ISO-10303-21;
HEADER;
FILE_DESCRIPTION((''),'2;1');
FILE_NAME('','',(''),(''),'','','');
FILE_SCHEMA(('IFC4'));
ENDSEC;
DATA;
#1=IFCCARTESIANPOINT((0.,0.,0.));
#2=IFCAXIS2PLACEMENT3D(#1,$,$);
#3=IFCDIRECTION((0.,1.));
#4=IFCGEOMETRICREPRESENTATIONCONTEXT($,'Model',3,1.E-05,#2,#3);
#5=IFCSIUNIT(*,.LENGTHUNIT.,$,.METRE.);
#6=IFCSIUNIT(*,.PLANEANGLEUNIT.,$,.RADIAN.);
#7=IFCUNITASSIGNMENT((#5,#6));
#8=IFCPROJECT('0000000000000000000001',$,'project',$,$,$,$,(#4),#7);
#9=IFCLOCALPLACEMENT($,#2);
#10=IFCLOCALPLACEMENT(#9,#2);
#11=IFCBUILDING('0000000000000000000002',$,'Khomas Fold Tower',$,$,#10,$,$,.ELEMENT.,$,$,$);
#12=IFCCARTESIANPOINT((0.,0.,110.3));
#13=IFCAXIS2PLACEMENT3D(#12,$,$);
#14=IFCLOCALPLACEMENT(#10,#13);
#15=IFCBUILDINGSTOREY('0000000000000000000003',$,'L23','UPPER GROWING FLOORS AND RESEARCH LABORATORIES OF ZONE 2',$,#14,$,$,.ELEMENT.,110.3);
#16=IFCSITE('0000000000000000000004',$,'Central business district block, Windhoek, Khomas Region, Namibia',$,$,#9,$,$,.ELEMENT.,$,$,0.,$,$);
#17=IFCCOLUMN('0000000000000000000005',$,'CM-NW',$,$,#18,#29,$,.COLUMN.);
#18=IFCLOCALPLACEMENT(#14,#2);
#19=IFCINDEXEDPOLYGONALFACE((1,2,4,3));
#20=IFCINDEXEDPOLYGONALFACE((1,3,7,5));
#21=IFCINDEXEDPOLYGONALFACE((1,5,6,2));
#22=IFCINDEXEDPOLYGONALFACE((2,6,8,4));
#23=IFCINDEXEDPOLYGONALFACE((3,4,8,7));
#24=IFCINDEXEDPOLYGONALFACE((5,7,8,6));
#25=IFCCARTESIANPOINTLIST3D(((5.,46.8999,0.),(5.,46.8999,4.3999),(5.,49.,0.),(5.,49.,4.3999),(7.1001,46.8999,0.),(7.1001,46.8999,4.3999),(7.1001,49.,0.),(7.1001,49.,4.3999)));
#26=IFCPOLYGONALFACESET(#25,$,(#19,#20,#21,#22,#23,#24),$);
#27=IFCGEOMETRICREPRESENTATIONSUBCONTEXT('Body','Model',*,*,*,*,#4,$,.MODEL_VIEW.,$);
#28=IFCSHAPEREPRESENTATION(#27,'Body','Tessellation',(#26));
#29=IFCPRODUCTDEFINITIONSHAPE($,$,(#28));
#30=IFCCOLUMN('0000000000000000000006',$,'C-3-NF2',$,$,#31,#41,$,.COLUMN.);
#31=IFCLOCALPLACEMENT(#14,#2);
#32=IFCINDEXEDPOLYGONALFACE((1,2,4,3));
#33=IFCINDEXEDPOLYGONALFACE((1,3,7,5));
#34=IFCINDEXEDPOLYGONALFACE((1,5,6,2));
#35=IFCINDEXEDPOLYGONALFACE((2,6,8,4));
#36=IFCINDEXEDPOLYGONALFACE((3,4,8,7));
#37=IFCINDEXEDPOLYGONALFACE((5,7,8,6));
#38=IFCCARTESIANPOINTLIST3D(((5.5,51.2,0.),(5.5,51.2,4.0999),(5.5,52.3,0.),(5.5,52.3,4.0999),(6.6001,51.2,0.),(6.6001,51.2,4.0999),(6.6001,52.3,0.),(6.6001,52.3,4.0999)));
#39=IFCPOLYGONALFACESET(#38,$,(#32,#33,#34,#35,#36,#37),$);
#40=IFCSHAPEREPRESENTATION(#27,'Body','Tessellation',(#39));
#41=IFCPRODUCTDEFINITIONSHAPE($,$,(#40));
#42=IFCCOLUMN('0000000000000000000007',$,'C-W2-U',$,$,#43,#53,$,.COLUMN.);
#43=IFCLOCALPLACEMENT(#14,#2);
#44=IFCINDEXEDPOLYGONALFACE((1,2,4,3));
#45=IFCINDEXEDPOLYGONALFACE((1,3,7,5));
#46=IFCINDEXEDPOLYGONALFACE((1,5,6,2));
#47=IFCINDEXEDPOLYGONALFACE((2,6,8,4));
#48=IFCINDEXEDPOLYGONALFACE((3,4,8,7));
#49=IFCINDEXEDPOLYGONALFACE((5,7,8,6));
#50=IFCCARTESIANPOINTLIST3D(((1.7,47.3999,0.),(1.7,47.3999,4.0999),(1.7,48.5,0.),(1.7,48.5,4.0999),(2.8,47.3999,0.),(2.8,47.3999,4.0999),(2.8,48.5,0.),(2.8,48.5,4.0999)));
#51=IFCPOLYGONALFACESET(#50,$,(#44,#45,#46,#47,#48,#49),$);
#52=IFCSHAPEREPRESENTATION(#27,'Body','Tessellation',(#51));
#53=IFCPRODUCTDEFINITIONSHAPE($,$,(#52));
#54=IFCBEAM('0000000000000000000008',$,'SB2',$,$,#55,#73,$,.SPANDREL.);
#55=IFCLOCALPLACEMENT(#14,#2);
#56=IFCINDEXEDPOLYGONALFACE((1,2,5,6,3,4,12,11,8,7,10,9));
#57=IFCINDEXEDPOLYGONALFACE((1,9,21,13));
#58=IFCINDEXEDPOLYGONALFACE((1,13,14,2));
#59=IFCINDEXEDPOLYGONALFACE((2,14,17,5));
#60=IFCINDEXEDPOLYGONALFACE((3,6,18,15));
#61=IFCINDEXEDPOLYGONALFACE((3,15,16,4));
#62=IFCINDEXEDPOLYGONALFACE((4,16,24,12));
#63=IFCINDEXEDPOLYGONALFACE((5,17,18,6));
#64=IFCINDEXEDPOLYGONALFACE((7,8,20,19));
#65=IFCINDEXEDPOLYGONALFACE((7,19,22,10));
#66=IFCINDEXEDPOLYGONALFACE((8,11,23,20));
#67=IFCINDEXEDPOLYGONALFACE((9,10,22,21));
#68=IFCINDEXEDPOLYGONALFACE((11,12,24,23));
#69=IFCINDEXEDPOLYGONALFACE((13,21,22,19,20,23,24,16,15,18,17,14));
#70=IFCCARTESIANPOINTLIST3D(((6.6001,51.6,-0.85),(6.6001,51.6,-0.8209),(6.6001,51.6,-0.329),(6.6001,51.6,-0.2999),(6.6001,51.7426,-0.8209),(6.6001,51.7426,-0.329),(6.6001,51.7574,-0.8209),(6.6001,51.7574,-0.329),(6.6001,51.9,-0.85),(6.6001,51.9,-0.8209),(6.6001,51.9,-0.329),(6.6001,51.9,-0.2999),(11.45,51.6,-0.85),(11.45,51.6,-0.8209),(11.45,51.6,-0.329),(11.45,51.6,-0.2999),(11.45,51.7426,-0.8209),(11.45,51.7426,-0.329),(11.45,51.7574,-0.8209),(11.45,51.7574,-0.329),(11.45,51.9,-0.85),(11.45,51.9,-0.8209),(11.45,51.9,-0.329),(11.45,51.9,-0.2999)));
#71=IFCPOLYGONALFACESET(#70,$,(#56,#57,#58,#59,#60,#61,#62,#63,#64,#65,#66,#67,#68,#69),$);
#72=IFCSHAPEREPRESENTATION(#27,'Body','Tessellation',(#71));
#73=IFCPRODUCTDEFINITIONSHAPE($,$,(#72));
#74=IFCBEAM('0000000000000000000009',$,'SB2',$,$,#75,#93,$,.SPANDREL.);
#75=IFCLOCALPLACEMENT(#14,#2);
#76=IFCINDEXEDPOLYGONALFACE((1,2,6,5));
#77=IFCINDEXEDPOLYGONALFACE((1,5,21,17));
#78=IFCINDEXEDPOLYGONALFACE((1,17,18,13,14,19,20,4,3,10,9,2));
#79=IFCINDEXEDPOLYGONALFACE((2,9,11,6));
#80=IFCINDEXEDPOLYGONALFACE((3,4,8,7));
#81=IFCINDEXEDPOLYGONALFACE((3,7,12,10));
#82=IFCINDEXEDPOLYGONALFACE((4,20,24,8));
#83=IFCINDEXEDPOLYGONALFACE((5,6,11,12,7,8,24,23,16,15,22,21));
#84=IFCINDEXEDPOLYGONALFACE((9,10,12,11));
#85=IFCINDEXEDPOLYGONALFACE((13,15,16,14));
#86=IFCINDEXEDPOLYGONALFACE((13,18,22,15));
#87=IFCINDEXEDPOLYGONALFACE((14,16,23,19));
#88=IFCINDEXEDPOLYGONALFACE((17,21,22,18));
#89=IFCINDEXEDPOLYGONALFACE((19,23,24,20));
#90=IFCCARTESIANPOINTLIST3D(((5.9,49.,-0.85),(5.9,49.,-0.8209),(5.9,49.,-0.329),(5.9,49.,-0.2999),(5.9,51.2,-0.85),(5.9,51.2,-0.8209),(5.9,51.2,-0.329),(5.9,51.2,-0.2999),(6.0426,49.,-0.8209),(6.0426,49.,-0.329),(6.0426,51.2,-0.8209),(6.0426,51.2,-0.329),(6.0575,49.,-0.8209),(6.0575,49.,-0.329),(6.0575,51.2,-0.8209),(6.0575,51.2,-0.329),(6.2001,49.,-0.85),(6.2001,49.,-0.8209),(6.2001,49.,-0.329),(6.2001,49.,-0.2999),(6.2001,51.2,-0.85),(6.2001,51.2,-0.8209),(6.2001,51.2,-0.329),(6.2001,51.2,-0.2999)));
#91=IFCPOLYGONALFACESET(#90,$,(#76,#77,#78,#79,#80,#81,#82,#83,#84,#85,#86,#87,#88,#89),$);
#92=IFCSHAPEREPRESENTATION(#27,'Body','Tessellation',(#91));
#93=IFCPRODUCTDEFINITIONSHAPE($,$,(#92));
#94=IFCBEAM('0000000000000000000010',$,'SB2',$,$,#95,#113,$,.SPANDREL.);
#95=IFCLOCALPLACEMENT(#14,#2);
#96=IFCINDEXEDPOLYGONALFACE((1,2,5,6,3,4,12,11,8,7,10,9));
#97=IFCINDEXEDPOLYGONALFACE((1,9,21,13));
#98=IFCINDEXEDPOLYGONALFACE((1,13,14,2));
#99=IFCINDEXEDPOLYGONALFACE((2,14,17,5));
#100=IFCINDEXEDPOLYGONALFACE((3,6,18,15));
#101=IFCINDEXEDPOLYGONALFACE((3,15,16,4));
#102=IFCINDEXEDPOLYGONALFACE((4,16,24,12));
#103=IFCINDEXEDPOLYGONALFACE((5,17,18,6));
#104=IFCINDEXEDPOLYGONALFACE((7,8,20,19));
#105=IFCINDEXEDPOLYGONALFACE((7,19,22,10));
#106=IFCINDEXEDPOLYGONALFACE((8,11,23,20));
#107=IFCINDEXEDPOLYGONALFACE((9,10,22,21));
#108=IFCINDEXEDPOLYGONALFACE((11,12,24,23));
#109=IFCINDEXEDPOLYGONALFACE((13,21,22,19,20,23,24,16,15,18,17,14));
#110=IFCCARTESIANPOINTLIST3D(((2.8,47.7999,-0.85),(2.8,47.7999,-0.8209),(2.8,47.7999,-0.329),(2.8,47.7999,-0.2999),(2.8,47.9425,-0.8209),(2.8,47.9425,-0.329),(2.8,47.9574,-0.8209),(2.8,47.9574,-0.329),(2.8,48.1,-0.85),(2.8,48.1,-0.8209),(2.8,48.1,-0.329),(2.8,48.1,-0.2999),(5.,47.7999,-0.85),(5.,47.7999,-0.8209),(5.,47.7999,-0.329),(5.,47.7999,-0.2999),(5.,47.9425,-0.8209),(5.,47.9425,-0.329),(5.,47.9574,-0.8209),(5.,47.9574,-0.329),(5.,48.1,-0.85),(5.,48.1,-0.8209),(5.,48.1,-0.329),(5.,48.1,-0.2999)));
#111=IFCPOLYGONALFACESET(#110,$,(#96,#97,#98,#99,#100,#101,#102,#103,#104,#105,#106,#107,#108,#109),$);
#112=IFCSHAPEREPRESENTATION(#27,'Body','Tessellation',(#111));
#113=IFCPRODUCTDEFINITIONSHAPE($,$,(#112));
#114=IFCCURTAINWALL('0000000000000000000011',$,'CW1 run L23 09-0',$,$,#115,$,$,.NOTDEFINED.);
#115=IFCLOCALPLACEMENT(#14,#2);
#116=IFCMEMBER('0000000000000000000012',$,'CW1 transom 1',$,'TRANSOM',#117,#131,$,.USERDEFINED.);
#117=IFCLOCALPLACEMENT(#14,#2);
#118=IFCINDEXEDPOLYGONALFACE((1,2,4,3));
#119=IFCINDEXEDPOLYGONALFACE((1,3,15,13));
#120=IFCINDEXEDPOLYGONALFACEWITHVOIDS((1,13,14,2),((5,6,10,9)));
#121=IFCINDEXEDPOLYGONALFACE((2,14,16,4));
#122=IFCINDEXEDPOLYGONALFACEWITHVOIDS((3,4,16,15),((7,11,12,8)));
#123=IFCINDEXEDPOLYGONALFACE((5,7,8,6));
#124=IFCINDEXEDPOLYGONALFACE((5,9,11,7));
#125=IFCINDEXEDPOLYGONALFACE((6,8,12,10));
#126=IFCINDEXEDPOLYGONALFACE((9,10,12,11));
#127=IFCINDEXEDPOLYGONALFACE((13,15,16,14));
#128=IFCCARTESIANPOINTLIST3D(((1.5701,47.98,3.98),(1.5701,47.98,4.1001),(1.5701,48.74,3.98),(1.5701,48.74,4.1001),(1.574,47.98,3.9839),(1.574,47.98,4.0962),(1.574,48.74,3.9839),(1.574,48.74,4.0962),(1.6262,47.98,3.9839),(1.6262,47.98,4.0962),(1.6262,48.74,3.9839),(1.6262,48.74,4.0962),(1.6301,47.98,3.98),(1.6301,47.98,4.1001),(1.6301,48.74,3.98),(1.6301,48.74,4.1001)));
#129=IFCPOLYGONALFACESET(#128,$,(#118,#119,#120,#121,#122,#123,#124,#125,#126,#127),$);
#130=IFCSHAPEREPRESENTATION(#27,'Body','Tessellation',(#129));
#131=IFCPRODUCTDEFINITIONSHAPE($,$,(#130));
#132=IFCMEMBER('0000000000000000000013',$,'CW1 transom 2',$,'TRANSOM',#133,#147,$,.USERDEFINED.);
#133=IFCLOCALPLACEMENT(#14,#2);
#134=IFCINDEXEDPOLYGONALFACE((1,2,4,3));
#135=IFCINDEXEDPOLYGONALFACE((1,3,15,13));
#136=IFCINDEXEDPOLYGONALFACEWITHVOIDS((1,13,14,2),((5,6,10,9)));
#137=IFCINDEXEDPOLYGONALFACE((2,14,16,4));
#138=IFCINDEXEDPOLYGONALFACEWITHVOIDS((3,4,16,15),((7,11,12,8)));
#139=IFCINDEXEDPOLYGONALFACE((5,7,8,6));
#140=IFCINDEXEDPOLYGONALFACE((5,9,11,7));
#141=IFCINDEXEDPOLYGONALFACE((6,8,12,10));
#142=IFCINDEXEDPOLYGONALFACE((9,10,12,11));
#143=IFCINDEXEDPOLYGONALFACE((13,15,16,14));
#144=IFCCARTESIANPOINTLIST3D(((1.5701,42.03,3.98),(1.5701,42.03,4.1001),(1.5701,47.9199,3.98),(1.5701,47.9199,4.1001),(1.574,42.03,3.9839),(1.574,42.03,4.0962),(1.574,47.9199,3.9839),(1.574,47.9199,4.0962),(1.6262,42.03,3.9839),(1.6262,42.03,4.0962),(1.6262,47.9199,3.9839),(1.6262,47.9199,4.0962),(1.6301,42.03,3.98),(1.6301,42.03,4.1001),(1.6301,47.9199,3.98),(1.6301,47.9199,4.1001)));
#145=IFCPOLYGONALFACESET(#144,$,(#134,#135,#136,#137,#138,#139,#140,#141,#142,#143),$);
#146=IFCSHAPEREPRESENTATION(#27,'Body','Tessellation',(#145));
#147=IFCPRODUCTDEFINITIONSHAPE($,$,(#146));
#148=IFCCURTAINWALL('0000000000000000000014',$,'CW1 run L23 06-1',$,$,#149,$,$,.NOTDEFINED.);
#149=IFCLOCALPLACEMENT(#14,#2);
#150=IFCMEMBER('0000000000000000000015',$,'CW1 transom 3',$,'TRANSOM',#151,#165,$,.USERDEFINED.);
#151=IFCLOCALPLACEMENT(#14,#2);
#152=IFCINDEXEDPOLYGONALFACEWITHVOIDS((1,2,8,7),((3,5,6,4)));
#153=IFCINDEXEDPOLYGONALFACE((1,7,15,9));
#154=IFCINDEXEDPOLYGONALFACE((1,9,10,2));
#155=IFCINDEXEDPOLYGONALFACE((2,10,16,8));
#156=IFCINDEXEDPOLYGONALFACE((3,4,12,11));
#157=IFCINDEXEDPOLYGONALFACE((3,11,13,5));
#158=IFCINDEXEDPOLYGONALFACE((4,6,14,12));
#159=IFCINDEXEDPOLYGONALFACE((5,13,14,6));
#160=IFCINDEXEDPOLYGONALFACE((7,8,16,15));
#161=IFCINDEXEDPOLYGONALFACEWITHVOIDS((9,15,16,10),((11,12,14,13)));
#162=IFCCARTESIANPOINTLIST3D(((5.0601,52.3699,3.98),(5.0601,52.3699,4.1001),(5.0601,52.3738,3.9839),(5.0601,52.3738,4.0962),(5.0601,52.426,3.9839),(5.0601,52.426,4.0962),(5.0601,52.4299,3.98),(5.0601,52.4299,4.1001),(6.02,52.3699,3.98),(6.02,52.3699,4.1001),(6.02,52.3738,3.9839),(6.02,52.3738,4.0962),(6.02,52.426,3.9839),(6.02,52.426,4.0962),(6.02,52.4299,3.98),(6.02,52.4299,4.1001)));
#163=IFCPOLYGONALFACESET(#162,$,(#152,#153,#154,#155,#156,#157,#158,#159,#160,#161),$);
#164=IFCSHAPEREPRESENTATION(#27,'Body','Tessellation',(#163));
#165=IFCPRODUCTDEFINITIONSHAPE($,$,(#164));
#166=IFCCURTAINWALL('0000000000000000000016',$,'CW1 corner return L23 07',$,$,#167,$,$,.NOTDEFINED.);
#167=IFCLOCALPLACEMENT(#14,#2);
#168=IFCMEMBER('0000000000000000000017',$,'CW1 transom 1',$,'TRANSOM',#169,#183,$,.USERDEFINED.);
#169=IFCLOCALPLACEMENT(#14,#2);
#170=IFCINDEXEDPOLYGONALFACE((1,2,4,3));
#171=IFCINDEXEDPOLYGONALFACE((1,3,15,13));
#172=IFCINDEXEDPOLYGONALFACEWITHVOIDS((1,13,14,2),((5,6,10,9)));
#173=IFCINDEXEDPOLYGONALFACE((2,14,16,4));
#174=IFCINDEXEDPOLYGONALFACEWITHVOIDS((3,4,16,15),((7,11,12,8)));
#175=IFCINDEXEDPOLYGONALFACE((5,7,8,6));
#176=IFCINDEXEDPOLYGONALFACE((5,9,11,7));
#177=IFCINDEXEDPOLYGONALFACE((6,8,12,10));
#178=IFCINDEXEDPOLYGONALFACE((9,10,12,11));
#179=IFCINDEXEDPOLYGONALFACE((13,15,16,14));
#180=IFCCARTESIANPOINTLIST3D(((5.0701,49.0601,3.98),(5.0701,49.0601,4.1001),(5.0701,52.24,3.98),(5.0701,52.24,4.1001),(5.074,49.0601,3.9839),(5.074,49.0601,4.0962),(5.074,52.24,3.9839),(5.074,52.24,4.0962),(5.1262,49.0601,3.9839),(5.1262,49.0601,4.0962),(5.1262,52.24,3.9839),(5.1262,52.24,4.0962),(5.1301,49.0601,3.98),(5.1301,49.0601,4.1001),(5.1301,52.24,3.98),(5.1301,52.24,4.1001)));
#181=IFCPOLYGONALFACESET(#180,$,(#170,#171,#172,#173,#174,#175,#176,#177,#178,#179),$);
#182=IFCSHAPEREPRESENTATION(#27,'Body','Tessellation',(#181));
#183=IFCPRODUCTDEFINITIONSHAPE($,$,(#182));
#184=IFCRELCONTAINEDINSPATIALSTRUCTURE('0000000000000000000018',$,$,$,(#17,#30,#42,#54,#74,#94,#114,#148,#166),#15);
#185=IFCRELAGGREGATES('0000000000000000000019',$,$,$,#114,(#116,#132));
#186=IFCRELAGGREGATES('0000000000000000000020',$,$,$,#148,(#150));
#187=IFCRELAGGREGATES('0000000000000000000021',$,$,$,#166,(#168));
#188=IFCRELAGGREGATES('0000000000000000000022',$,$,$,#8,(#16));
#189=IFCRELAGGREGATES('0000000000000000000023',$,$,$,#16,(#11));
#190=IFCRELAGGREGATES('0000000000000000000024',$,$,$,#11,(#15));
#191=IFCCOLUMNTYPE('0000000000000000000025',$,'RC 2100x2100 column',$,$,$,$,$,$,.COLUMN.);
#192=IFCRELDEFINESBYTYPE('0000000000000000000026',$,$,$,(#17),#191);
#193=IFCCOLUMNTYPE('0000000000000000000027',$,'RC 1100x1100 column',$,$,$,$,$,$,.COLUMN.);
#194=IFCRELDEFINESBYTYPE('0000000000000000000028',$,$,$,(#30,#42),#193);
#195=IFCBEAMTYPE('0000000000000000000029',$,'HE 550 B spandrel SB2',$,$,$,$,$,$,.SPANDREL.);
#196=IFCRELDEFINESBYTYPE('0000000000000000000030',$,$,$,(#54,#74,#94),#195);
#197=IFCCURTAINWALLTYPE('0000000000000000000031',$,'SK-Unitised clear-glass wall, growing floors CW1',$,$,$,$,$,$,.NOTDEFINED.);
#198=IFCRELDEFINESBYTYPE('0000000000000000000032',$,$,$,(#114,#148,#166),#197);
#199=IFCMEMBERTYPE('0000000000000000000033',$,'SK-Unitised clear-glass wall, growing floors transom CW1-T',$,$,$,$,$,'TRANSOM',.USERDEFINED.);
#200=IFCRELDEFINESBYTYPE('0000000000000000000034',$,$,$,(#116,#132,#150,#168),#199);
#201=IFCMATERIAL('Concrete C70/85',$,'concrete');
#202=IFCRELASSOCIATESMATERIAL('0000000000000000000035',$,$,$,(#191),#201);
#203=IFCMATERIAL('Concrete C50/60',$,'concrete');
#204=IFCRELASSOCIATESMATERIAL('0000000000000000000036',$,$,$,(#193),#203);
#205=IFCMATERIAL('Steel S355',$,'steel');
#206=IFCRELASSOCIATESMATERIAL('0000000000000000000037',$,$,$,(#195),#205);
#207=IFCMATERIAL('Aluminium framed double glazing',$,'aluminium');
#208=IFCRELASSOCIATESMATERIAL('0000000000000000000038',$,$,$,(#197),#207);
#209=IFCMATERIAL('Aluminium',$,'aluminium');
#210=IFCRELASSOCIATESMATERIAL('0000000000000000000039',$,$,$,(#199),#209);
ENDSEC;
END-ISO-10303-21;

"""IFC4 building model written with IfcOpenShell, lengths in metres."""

from ifc_helpers import new_model, si_unit, direction, frame, origin, origin_2d, place, context, subcontext, project, spatial, rectangle, hollow_rectangle, i_section, extrude, source, transform, mapped, material, material_profile, profile_set, type_object, element, aggregate, save


model = new_model("IFC4")

# Units and contexts
model_context = context("Model", 3, precision=1e-05, world=origin(), true_north=direction((0.0, 1.0)))
body_context = subcontext(model_context, "Body", "Model", "MODEL_VIEW")
ifc_project = project(units=[si_unit("LENGTHUNIT", "METRE"), si_unit("PLANEANGLEUNIT", "RADIAN")], contexts=[model_context])

# Site, building, storey
site_placement = place(None, origin())
site = spatial("IfcSite", under=ifc_project, at=site_placement, Name="Central business district block, Windhoek, Khomas Region, Namibia", CompositionType="ELEMENT", RefElevation=0.0)
building_placement = place(site_placement, origin())
building = spatial("IfcBuilding", under=site, at=building_placement, Name="Khomas Fold Tower", CompositionType="ELEMENT")
storey_placement = place(building_placement, frame((0.0, 0.0, 110.3)))
storey = spatial("IfcBuildingStorey", under=building, at=storey_placement, Name="L23", Description="UPPER GROWING FLOORS AND RESEARCH LABORATORIES OF ZONE 2", CompositionType="ELEMENT", Elevation=110.3)

# Columns
ifc_material_1 = material(Name="Concrete C70/85", Category="concrete")
ifc_material_profile_1 = material_profile(ifc_material_1, rectangle(XDim=2.1001, YDim=2.1001, at=origin_2d()), Name="RC 2100x2100")
ifc_profile_set_1 = profile_set([ifc_material_profile_1], Name="Concrete C70/85")
column_type_1 = type_object("IfcColumnType", Name="RC 2100x2100 column", PredefinedType="COLUMN", material=ifc_profile_set_1)
shared_shape_1 = source(origin(), body_context, "Body", "SweptSolid", [
    extrude(rectangle(XDim=2.1001, YDim=2.1001, at=origin_2d()), origin(), (0.0, 0.0, 1.0), 4.3999),
])
column_placement = place(storey_placement, frame((6.05, 47.95, 0.0), z_axis=(0.0, 0.0, 1.0), x_axis=(1.0, 0.0, 0.0)))
element("IfcColumn", 1, at=column_placement, inside=storey, type_object=column_type_1, Name="CM-NW", PredefinedType="COLUMN", context=body_context, shape_type="MappedRepresentation", body=[
    mapped(shared_shape_1, transform((0.0, 0.0, 0.0))),
])
ifc_material_2 = material(Name="Concrete C50/60", Category="concrete")
ifc_material_profile_2 = material_profile(ifc_material_2, rectangle(XDim=1.1001, YDim=1.1001, at=origin_2d()), Name="RC 1100x1100")
ifc_profile_set_2 = profile_set([ifc_material_profile_2], Name="Concrete C50/60")
column_type_2 = type_object("IfcColumnType", Name="RC 1100x1100 column", PredefinedType="COLUMN", material=ifc_profile_set_2)
shared_shape_2 = source(origin(), body_context, "Body", "SweptSolid", [
    extrude(rectangle(XDim=1.1001, YDim=1.1001, at=origin_2d()), origin(), (0.0, 0.0, 1.0), 4.0999),
])
for number, where, z_axis, x_axis, name in (
    (2, (6.05, 51.75, 0.0), (0.0, 0.0, 1.0), (1.0, 0.0, 0.0), "C-3-NF2"),
    (3, (2.25, 47.95, 0.0), (0.0, 0.0, 1.0), (1.0, 0.0, 0.0), "C-W2-U"),
):
    element("IfcColumn", number, at=place(storey_placement, frame(where, z_axis=z_axis, x_axis=x_axis)), inside=storey, type_object=column_type_2, Name=name, PredefinedType="COLUMN", context=body_context, shape_type="MappedRepresentation", body=[
        mapped(shared_shape_2, transform((0.0, 0.0, 0.0))),
    ])

# Beams
ifc_material_3 = material(Name="Steel S355", Category="steel")
ifc_material_profile_3 = material_profile(ifc_material_3, i_section(OverallWidth=0.3, OverallDepth=0.55, WebThickness=0.0149, FlangeThickness=0.0291, at=origin_2d()), Name="HE 550 B")
ifc_profile_set_3 = profile_set([ifc_material_profile_3], Name="Steel S355")
beam_type = type_object("IfcBeamType", Name="HE 550 B spandrel SB2", PredefinedType="SPANDREL", material=ifc_profile_set_3)
shared_shape_3 = source(origin(), body_context, "Body", "SweptSolid", [
    extrude(i_section(OverallWidth=0.3, OverallDepth=0.55, WebThickness=0.0149, FlangeThickness=0.0291, at=origin_2d()), origin(), (0.0, 0.0, 1.0), 4.8499),
])
beam_placement = place(storey_placement, frame((6.6001, 51.75, -0.575), z_axis=(1.0, 0.0, 0.0), x_axis=(0.0, 1.0, 0.0)))
element("IfcBeam", 4, at=beam_placement, inside=storey, type_object=beam_type, Name="SB2", PredefinedType="SPANDREL", context=body_context, shape_type="MappedRepresentation", body=[
    mapped(shared_shape_3, transform((0.0, 0.0, 0.0))),
])
shared_shape_4 = source(origin(), body_context, "Body", "SweptSolid", [
    extrude(i_section(OverallWidth=0.3, OverallDepth=0.55, WebThickness=0.0149, FlangeThickness=0.0291, at=origin_2d()), origin(), (0.0, 0.0, 1.0), 2.2),
])
for number, where, z_axis, x_axis, name in (
    (5, (6.05, 49.0, -0.575), (0.0, 1.0, 0.0), (-1.0, 0.0, 0.0), "SB2"),
    (6, (2.8, 47.95, -0.575), (1.0, 0.0, 0.0), (0.0, 1.0, 0.0), "SB2"),
):
    element("IfcBeam", number, at=place(storey_placement, frame(where, z_axis=z_axis, x_axis=x_axis)), inside=storey, type_object=beam_type, Name=name, PredefinedType="SPANDREL", context=body_context, shape_type="MappedRepresentation", body=[
        mapped(shared_shape_4, transform((0.0, 0.0, 0.0))),
    ])

# Curtain wall, members
ifc_material_4 = material(Name="Aluminium framed double glazing", Category="aluminium")
curtain_wall_type = type_object("IfcCurtainWallType", Name="SK-Unitised clear-glass wall, growing floors CW1", PredefinedType="NOTDEFINED", material=ifc_material_4)
curtain_wall_1_placement = place(storey_placement, origin())
curtain_wall_1 = element("IfcCurtainWall", 7, at=curtain_wall_1_placement, inside=storey, type_object=curtain_wall_type, Name="CW1 run L23 09-0", PredefinedType="NOTDEFINED")
ifc_material_5 = material(Name="Aluminium", Category="aluminium")
ifc_material_profile_4 = material_profile(ifc_material_5, hollow_rectangle(XDim=0.0601, YDim=0.1201, WallThickness=0.0039, at=origin_2d()), Name="SK-Unitised clear-glass wall, growing floors transom CW1-T")
ifc_profile_set_4 = profile_set([ifc_material_profile_4], Name="Aluminium")
member_type_1 = type_object("IfcMemberType", Name="SK-Unitised clear-glass wall, growing floors transom CW1-T", ElementType="TRANSOM", PredefinedType="USERDEFINED", material=ifc_profile_set_4)
shared_shape_5 = source(origin(), body_context, "Body", "SweptSolid", [
    extrude(hollow_rectangle(XDim=0.0601, YDim=0.1201, WallThickness=0.0039, at=origin_2d()), origin(), (0.0, 0.0, 1.0), 0.76),
])
member_1_placement = place(storey_placement, frame((1.6001, 48.74, 4.04), z_axis=(0.0, -1.0, 0.0), x_axis=(1.0, 0.0, 0.0)))
member_1 = element("IfcMember", 8, at=member_1_placement, type_object=member_type_1, Name="CW1 transom 1", ObjectType="TRANSOM", PredefinedType="USERDEFINED", context=body_context, shape_type="MappedRepresentation", body=[
    mapped(shared_shape_5, transform((0.0, 0.0, 0.0))),
])
shared_shape_6 = source(origin(), body_context, "Body", "SweptSolid", [
    extrude(hollow_rectangle(XDim=0.0601, YDim=0.1201, WallThickness=0.0039, at=origin_2d()), origin(), (0.0, 0.0, 1.0), 5.8899),
])
member_2_placement = place(storey_placement, frame((1.6001, 47.9199, 4.04), z_axis=(0.0, -1.0, 0.0), x_axis=(1.0, 0.0, 0.0)))
member_2 = element("IfcMember", 9, at=member_2_placement, type_object=member_type_1, Name="CW1 transom 2", ObjectType="TRANSOM", PredefinedType="USERDEFINED", context=body_context, shape_type="MappedRepresentation", body=[
    mapped(shared_shape_6, transform((0.0, 0.0, 0.0))),
])

# Curtain walls, members
curtain_wall_2_placement = place(storey_placement, origin())
curtain_wall_2 = element("IfcCurtainWall", 10, at=curtain_wall_2_placement, inside=storey, type_object=curtain_wall_type, Name="CW1 run L23 06-1", PredefinedType="NOTDEFINED")
shared_shape_7 = source(origin(), body_context, "Body", "SweptSolid", [
    extrude(hollow_rectangle(XDim=0.0601, YDim=0.1201, WallThickness=0.0039, at=origin_2d()), origin(), (0.0, 0.0, 1.0), 0.96),
])
member_3_placement = place(storey_placement, frame((6.02, 52.3999, 4.04), z_axis=(-1.0, 0.0, 0.0), x_axis=(0.0, -1.0, 0.0)))
member_3 = element("IfcMember", 11, at=member_3_placement, type_object=member_type_1, Name="CW1 transom 3", ObjectType="TRANSOM", PredefinedType="USERDEFINED", context=body_context, shape_type="MappedRepresentation", body=[
    mapped(shared_shape_7, transform((0.0, 0.0, 0.0))),
])
curtain_wall_3_placement = place(storey_placement, origin())
curtain_wall_3 = element("IfcCurtainWall", 12, at=curtain_wall_3_placement, inside=storey, type_object=curtain_wall_type, Name="CW1 corner return L23 07", PredefinedType="NOTDEFINED")
shared_shape_8 = source(origin(), body_context, "Body", "SweptSolid", [
    extrude(hollow_rectangle(XDim=0.0601, YDim=0.1201, WallThickness=0.0039, at=origin_2d()), origin(), (0.0, 0.0, 1.0), 3.1799),
])
member_4_placement = place(storey_placement, frame((5.1001, 52.24, 4.04), z_axis=(0.0, -1.0, 0.0), x_axis=(1.0, 0.0, 0.0)))
member_4 = element("IfcMember", 13, at=member_4_placement, type_object=member_type_1, Name="CW1 transom 1", ObjectType="TRANSOM", PredefinedType="USERDEFINED", context=body_context, shape_type="MappedRepresentation", body=[
    mapped(shared_shape_8, transform((0.0, 0.0, 0.0))),
])

aggregate(curtain_wall_1, [member_1, member_2])
aggregate(curtain_wall_2, [member_3])
aggregate(curtain_wall_3, [member_4])

save(model, "model.ifc")
